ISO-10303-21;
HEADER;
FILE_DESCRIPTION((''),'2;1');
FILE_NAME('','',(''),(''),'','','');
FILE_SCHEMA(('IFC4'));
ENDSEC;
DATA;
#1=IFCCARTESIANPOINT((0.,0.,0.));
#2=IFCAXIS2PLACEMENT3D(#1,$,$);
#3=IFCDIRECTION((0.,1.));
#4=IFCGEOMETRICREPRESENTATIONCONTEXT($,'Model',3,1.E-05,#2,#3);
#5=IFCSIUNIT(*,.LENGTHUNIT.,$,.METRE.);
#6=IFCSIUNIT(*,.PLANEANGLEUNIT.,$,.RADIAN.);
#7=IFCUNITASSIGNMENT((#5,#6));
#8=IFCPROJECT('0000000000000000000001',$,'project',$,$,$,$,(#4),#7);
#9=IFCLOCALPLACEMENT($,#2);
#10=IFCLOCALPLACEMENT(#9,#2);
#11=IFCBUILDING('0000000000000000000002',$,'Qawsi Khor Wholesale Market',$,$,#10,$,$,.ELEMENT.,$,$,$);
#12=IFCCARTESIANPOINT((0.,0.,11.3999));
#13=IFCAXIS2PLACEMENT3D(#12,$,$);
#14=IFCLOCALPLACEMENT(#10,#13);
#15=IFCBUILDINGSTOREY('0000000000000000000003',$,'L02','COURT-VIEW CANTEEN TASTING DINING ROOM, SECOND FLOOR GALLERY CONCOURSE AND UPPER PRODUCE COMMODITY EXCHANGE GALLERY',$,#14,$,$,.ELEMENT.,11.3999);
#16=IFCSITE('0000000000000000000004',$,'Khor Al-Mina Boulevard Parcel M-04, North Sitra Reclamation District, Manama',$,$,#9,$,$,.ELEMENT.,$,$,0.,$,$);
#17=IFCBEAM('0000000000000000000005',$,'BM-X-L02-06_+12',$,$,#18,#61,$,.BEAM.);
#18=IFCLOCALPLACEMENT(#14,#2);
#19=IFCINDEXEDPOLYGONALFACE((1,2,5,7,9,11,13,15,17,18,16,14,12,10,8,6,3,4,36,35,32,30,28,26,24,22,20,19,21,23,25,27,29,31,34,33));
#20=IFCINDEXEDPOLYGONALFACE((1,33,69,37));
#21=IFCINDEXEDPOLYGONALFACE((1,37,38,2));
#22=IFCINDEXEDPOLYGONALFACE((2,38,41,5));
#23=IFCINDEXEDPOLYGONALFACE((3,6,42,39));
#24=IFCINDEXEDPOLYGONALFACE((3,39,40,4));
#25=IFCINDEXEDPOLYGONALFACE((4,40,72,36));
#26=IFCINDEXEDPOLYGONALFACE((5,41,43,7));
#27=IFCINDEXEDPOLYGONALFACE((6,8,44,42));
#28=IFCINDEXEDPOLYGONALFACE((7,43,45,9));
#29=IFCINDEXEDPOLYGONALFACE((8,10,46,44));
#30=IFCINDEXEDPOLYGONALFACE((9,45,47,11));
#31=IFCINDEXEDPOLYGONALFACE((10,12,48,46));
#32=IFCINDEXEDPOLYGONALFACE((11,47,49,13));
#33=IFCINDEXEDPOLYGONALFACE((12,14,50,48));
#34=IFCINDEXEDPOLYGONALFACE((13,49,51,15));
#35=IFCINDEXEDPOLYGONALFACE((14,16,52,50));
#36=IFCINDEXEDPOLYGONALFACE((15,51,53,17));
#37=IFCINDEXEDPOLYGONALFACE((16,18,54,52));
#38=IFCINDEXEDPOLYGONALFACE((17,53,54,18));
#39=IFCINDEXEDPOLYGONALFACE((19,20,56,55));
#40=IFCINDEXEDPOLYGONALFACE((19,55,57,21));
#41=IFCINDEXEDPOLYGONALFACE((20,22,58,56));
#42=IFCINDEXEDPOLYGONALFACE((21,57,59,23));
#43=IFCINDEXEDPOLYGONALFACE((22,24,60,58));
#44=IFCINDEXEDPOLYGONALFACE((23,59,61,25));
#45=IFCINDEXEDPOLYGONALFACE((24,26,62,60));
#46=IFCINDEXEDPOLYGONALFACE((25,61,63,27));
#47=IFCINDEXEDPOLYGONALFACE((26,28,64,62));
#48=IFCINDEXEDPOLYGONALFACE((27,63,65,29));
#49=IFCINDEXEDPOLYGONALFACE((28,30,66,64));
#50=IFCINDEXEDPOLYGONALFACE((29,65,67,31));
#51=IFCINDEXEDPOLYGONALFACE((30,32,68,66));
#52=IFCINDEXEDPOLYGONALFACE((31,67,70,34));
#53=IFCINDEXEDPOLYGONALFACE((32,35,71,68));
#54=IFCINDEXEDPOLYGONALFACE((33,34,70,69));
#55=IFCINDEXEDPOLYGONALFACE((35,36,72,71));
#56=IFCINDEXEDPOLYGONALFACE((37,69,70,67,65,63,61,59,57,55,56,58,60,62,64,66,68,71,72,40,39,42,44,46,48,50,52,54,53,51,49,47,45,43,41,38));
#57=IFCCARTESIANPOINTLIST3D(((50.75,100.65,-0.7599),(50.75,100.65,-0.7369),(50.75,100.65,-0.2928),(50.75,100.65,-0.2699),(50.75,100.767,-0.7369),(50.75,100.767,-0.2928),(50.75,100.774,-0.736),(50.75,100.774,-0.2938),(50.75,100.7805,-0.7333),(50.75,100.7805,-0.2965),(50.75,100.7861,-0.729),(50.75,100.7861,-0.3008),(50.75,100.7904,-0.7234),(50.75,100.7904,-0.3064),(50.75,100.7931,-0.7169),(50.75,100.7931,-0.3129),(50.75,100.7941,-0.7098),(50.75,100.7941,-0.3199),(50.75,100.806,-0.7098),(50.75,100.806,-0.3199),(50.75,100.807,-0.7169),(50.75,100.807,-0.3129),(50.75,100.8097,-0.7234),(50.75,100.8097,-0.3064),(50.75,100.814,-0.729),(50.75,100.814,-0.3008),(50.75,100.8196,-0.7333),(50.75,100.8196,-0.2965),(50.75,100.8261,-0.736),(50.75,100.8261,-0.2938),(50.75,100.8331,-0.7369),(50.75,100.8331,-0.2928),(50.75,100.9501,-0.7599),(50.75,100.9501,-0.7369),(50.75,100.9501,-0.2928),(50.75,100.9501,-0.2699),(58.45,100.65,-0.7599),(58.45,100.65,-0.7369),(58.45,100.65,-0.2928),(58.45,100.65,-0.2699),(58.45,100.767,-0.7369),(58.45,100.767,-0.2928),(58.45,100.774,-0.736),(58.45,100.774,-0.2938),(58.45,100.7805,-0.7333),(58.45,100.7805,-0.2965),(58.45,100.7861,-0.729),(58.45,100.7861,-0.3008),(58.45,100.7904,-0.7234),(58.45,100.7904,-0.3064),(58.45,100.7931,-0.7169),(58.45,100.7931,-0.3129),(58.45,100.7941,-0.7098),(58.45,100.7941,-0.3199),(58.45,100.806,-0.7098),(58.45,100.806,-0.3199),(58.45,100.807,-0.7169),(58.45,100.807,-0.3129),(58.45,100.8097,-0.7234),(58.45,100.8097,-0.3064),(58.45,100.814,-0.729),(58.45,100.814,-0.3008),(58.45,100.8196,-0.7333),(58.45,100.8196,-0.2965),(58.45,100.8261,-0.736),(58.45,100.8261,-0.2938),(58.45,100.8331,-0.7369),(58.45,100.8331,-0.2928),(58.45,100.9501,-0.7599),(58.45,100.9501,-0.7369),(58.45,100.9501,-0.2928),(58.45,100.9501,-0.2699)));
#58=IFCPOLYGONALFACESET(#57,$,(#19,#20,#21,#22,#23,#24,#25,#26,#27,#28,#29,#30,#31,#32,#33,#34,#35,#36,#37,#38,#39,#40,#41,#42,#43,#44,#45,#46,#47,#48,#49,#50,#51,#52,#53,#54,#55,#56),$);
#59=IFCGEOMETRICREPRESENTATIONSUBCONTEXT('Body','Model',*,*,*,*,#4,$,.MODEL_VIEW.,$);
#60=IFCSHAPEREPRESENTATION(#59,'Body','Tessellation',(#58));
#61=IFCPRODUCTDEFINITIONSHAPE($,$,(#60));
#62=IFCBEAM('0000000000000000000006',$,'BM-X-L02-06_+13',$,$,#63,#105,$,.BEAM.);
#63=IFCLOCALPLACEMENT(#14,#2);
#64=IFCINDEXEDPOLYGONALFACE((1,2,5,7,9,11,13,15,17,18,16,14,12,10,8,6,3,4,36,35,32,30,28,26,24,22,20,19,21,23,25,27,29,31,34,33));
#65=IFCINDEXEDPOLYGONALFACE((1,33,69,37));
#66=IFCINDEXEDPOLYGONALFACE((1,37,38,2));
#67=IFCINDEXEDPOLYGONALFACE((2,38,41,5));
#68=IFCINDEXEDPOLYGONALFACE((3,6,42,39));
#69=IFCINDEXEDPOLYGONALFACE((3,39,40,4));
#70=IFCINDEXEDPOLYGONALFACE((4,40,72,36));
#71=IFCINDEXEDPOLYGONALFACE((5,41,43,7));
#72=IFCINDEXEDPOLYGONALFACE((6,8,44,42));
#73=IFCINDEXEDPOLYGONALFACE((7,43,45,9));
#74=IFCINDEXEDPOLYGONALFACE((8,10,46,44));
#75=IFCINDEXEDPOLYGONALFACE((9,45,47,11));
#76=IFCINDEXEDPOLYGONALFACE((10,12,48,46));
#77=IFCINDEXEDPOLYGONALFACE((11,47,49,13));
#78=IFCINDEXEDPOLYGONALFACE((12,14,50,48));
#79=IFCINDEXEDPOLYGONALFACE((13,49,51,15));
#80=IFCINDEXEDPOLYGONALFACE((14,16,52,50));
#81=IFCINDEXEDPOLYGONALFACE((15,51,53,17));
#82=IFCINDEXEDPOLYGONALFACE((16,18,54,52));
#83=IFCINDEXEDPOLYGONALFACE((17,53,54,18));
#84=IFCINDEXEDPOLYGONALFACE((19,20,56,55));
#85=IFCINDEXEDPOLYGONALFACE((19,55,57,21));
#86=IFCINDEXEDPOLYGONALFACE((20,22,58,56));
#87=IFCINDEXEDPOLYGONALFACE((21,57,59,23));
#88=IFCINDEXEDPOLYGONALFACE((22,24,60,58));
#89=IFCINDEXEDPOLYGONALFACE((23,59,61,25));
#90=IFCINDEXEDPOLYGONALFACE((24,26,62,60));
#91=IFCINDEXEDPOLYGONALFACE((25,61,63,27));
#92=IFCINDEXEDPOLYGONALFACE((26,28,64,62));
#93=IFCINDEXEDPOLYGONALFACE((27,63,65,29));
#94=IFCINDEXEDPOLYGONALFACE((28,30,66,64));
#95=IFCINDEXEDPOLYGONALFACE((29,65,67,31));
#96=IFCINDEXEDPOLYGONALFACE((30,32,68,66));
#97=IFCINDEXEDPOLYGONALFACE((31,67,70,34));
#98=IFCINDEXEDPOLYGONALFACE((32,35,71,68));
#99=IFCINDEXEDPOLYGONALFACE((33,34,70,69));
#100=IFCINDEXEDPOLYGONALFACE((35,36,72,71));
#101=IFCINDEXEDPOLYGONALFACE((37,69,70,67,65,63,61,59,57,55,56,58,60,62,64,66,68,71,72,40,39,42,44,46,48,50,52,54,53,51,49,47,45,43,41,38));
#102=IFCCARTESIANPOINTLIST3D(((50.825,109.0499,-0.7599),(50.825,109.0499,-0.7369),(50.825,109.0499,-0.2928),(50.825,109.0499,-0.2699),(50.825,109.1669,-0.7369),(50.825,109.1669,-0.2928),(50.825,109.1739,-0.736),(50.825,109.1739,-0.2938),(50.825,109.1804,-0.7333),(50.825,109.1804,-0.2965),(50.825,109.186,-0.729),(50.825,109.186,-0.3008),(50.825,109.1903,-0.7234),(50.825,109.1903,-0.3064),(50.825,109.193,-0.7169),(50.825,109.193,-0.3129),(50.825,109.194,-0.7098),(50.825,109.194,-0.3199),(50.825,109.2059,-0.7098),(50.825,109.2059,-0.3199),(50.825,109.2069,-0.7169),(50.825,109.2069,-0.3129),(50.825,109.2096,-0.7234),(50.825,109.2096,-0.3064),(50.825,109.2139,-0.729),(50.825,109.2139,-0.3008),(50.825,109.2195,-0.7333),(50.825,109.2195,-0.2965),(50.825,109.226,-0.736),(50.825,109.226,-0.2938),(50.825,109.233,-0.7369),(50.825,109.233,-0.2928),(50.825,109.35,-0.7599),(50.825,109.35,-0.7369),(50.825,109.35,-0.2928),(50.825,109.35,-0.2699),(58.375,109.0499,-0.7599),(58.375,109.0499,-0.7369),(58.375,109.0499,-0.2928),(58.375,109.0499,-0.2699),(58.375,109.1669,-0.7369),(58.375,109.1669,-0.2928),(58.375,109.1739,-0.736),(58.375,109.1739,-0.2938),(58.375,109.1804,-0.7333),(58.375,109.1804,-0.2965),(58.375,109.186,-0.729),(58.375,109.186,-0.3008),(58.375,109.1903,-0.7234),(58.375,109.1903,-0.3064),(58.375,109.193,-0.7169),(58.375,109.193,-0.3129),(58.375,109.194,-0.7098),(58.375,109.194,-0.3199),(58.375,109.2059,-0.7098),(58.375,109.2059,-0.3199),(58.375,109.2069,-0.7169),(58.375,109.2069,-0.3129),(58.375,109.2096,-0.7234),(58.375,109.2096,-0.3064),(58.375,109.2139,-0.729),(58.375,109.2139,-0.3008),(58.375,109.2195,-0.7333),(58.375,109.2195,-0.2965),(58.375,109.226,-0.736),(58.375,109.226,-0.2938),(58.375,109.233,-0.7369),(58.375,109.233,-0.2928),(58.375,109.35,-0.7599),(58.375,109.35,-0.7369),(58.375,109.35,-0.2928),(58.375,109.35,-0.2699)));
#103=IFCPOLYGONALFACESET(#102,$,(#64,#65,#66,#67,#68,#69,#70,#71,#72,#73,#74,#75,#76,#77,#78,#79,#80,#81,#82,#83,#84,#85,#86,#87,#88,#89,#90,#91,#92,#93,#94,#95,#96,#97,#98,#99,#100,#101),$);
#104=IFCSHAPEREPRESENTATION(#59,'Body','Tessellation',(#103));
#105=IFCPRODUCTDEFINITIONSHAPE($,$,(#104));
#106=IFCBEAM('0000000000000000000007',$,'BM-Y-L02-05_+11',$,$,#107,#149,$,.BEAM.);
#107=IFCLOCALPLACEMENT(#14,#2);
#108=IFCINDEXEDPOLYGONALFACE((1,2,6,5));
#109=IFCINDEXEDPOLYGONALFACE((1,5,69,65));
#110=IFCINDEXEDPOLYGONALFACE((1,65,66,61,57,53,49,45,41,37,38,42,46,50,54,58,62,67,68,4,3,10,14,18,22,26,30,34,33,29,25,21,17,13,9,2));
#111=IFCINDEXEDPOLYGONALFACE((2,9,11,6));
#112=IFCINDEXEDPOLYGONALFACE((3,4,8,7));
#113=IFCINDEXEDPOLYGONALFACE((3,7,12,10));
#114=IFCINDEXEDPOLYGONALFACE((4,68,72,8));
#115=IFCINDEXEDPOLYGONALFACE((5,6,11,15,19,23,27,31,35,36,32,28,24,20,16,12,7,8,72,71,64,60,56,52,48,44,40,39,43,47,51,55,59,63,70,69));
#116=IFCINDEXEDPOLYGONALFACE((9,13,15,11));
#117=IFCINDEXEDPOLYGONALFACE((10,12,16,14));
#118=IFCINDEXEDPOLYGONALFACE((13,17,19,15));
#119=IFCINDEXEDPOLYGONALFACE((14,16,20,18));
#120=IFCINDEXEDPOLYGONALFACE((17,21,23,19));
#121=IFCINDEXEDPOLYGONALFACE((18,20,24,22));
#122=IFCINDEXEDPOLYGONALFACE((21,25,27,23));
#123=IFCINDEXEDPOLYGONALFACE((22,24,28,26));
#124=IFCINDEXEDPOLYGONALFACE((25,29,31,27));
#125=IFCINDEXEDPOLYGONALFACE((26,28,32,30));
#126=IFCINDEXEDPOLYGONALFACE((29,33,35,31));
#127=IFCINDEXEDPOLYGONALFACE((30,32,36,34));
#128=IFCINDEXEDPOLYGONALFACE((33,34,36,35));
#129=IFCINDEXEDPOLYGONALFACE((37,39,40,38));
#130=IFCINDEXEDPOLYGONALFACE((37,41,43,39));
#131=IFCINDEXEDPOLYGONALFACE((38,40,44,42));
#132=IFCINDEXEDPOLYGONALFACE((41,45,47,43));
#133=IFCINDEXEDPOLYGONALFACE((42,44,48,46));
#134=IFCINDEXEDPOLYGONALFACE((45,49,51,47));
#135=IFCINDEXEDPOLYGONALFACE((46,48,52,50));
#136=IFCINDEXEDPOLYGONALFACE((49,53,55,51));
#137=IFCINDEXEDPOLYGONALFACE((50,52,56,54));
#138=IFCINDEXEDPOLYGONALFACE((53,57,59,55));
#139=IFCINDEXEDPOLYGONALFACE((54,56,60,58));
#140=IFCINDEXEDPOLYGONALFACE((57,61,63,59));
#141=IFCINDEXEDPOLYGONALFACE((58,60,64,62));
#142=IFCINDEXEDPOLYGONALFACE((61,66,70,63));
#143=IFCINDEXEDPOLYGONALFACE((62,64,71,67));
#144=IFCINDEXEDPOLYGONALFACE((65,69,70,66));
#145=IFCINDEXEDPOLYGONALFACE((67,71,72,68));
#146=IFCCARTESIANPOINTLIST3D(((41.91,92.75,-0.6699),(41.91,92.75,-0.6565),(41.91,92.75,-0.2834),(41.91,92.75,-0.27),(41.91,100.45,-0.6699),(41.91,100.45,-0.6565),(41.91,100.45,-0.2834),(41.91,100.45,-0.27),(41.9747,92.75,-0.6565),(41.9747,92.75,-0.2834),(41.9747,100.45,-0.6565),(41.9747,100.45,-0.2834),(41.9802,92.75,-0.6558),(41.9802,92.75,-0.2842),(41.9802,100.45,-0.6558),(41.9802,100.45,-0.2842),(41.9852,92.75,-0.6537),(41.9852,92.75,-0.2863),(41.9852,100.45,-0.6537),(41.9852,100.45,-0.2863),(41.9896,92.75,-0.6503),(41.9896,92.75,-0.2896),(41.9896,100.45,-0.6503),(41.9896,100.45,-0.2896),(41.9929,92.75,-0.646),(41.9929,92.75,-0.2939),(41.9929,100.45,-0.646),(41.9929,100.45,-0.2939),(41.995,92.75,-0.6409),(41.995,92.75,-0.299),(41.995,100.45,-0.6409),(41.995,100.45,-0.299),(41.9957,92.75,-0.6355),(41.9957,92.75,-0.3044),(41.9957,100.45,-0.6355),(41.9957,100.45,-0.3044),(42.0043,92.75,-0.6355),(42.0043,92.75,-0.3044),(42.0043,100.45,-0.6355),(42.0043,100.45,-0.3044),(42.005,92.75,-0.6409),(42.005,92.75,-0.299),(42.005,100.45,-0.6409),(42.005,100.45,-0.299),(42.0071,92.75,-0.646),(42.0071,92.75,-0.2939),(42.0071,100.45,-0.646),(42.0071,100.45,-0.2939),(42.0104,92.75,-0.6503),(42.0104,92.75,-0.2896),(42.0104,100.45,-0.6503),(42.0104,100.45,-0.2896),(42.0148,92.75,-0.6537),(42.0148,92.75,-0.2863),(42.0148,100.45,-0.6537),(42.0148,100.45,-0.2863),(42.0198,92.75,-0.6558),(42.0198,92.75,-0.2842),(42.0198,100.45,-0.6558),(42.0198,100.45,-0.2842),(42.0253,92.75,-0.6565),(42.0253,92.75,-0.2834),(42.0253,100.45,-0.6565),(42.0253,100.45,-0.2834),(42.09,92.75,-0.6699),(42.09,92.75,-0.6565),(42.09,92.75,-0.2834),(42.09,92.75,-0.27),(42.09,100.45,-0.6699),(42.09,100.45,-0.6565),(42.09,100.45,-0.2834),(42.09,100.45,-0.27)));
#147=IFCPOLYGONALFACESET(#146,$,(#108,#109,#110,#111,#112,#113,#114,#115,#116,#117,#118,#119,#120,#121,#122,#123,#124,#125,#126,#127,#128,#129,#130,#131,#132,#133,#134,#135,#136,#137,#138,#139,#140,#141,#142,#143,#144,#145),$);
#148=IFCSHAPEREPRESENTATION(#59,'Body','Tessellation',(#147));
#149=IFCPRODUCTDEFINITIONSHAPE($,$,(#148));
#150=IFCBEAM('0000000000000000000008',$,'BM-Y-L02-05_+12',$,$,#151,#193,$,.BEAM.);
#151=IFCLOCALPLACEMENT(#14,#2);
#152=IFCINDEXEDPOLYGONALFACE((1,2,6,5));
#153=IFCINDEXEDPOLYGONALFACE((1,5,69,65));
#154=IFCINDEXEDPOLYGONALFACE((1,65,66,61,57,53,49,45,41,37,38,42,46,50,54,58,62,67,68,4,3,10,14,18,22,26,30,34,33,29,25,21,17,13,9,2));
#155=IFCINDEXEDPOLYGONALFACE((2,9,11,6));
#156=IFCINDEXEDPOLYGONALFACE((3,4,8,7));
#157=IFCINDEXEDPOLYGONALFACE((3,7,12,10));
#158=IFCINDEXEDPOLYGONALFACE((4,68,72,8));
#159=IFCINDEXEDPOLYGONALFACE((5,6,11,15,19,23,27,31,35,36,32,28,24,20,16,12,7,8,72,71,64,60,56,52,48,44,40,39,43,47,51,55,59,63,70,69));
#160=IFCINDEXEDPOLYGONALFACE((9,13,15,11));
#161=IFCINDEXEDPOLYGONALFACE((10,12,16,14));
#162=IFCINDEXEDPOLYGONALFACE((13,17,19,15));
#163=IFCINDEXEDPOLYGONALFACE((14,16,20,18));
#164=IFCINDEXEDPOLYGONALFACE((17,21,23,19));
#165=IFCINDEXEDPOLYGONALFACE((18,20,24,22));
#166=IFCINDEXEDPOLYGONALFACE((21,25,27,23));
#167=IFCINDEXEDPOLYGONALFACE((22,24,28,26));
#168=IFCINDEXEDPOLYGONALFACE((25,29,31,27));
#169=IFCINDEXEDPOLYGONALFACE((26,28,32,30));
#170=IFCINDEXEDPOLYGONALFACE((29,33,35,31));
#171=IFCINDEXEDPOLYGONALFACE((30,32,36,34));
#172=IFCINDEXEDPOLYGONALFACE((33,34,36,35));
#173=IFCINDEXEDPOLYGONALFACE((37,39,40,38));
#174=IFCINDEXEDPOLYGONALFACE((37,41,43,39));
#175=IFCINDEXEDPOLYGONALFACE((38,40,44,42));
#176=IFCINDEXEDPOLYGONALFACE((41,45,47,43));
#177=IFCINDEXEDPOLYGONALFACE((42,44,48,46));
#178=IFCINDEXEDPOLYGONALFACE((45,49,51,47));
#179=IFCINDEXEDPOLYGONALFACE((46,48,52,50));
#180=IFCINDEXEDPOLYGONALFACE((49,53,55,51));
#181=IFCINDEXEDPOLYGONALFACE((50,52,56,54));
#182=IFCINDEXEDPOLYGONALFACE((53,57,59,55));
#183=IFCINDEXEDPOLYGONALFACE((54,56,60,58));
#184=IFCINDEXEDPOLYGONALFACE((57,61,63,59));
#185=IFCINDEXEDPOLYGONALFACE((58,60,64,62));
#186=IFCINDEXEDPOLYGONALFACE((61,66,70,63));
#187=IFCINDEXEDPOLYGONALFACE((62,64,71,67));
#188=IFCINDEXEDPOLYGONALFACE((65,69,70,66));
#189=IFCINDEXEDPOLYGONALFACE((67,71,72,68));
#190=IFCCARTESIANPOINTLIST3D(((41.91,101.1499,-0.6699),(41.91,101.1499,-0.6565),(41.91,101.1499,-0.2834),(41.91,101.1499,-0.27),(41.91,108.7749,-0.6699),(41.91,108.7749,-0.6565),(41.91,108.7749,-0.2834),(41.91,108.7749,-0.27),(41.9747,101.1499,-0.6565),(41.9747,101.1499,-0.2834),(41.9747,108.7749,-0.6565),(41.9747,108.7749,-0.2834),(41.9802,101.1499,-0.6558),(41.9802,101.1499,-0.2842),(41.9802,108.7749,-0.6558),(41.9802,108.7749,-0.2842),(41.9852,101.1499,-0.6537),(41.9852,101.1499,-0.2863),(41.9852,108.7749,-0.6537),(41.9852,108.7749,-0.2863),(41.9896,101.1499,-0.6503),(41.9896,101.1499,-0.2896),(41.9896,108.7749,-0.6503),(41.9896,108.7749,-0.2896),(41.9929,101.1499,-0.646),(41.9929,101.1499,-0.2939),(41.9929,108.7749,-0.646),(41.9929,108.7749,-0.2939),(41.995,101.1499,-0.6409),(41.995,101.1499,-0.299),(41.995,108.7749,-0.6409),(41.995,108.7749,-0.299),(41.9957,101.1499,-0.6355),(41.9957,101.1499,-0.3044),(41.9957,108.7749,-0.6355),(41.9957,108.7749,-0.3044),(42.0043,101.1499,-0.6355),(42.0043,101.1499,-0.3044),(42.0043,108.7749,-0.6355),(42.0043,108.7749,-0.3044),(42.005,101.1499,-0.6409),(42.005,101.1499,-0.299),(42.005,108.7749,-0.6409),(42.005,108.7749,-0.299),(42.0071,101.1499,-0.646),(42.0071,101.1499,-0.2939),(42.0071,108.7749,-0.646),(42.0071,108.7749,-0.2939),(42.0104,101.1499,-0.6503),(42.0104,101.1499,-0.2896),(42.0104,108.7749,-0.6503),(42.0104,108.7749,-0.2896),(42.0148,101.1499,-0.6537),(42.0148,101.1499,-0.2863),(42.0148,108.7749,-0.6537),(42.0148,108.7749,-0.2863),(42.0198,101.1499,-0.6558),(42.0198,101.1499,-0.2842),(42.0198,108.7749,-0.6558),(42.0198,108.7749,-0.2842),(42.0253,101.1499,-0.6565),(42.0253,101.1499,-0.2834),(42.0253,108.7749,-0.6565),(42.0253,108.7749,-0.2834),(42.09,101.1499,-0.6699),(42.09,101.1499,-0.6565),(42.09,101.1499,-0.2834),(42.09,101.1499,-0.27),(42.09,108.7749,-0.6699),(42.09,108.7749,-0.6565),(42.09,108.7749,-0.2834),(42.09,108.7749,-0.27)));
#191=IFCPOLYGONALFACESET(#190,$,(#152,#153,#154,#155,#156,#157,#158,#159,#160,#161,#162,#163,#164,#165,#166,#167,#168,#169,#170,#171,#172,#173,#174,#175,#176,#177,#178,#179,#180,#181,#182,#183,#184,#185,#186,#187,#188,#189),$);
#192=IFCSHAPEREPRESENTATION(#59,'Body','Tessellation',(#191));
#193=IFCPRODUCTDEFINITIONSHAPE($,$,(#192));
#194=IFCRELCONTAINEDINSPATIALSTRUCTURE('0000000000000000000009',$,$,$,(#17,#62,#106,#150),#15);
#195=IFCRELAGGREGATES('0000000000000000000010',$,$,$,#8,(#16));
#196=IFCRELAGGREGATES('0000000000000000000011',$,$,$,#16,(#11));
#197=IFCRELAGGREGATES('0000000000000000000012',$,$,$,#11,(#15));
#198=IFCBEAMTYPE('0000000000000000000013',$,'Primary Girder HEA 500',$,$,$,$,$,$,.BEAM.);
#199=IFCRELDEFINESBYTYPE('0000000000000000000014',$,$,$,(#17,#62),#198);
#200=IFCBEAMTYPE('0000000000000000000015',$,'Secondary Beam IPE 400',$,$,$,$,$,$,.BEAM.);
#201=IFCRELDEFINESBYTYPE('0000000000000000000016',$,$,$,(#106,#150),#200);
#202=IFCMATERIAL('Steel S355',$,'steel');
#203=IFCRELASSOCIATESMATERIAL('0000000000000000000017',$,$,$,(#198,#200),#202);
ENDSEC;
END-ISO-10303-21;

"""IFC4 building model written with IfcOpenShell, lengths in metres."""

from ifc_helpers import new_model, si_unit, direction, frame, origin, origin_2d, place, context, subcontext, project, spatial, i_section, extrude, material, material_profile, profile_set, type_object, element, save


model = new_model("IFC4")

# Units and contexts
model_context = context("Model", 3, precision=1e-05, world=origin(), true_north=direction((0.0, 1.0)))
body_context = subcontext(model_context, "Body", "Model", "MODEL_VIEW")
ifc_project = project(units=[si_unit("LENGTHUNIT", "METRE"), si_unit("PLANEANGLEUNIT", "RADIAN")], contexts=[model_context])

# Site, building, storey
site_placement = place(None, origin())
site = spatial("IfcSite", under=ifc_project, at=site_placement, Name="Khor Al-Mina Boulevard Parcel M-04, North Sitra Reclamation District, Manama", CompositionType="ELEMENT", RefElevation=0.0)
building_placement = place(site_placement, origin())
building = spatial("IfcBuilding", under=site, at=building_placement, Name="Qawsi Khor Wholesale Market", CompositionType="ELEMENT")
storey_placement = place(building_placement, frame((0.0, 0.0, 11.3999)))
storey = spatial("IfcBuildingStorey", under=building, at=storey_placement, Name="L02", Description="COURT-VIEW CANTEEN TASTING DINING ROOM, SECOND FLOOR GALLERY CONCOURSE AND UPPER PRODUCE COMMODITY EXCHANGE GALLERY", CompositionType="ELEMENT", Elevation=11.3999)

# Beams
ifc_material_1 = material(Name="Steel S355", Category="steel")
ifc_material_profile_1 = material_profile(ifc_material_1, i_section(OverallWidth=0.3, OverallDepth=0.49, WebThickness=0.012, FlangeThickness=0.0229, FilletRadius=0.0271, at=origin_2d()), Name="HEA 500")
ifc_profile_set_1 = profile_set([ifc_material_profile_1], Name="Steel S355")
beam_type_1 = type_object("IfcBeamType", Name="Primary Girder HEA 500", PredefinedType="BEAM", material=ifc_profile_set_1)
beam_1_placement = place(storey_placement, frame((50.75, 100.8, -0.5149), z_axis=(1.0, 0.0, 0.0), x_axis=(0.0, 1.0, 0.0)))
element("IfcBeam", 1, at=beam_1_placement, inside=storey, type_object=beam_type_1, Name="BM-X-L02-06_+12", PredefinedType="BEAM", context=body_context, shape_type="SweptSolid", body=[
    extrude(i_section(OverallWidth=0.3, OverallDepth=0.49, WebThickness=0.012, FlangeThickness=0.0229, FilletRadius=0.0271, at=origin_2d()), origin(), (0.0, 0.0, 1.0), 7.7),
])
beam_2_placement = place(storey_placement, frame((50.825, 109.2, -0.5149), z_axis=(1.0, 0.0, 0.0), x_axis=(0.0, 1.0, 0.0)))
element("IfcBeam", 2, at=beam_2_placement, inside=storey, type_object=beam_type_1, Name="BM-X-L02-06_+13", PredefinedType="BEAM", context=body_context, shape_type="SweptSolid", body=[
    extrude(i_section(OverallWidth=0.3, OverallDepth=0.49, WebThickness=0.012, FlangeThickness=0.0229, FilletRadius=0.0271, at=origin_2d()), origin(), (0.0, 0.0, 1.0), 7.55),
])
ifc_material_profile_2 = material_profile(ifc_material_1, i_section(OverallWidth=0.1799, OverallDepth=0.3999, WebThickness=0.0085, FlangeThickness=0.0134, FilletRadius=0.021, at=origin_2d()), Name="IPE 400")
ifc_profile_set_2 = profile_set([ifc_material_profile_2], Name="Steel S355")
beam_type_2 = type_object("IfcBeamType", Name="Secondary Beam IPE 400", PredefinedType="BEAM", material=ifc_profile_set_2)
beam_3_placement = place(storey_placement, frame((42.0, 92.75, -0.47), z_axis=(0.0, 1.0, 0.0), x_axis=(-1.0, 0.0, 0.0)))
element("IfcBeam", 3, at=beam_3_placement, inside=storey, type_object=beam_type_2, Name="BM-Y-L02-05_+11", PredefinedType="BEAM", context=body_context, shape_type="SweptSolid", body=[
    extrude(i_section(OverallWidth=0.1799, OverallDepth=0.3999, WebThickness=0.0085, FlangeThickness=0.0134, FilletRadius=0.021, at=origin_2d()), origin(), (0.0, 0.0, 1.0), 7.7),
])
beam_4_placement = place(storey_placement, frame((42.0, 101.1499, -0.47), z_axis=(0.0, 1.0, 0.0), x_axis=(-1.0, 0.0, 0.0)))
element("IfcBeam", 4, at=beam_4_placement, inside=storey, type_object=beam_type_2, Name="BM-Y-L02-05_+12", PredefinedType="BEAM", context=body_context, shape_type="SweptSolid", body=[
    extrude(i_section(OverallWidth=0.1799, OverallDepth=0.3999, WebThickness=0.0085, FlangeThickness=0.0134, FilletRadius=0.021, at=origin_2d()), origin(), (0.0, 0.0, 1.0), 7.625),
])

save(model, "model.ifc")
